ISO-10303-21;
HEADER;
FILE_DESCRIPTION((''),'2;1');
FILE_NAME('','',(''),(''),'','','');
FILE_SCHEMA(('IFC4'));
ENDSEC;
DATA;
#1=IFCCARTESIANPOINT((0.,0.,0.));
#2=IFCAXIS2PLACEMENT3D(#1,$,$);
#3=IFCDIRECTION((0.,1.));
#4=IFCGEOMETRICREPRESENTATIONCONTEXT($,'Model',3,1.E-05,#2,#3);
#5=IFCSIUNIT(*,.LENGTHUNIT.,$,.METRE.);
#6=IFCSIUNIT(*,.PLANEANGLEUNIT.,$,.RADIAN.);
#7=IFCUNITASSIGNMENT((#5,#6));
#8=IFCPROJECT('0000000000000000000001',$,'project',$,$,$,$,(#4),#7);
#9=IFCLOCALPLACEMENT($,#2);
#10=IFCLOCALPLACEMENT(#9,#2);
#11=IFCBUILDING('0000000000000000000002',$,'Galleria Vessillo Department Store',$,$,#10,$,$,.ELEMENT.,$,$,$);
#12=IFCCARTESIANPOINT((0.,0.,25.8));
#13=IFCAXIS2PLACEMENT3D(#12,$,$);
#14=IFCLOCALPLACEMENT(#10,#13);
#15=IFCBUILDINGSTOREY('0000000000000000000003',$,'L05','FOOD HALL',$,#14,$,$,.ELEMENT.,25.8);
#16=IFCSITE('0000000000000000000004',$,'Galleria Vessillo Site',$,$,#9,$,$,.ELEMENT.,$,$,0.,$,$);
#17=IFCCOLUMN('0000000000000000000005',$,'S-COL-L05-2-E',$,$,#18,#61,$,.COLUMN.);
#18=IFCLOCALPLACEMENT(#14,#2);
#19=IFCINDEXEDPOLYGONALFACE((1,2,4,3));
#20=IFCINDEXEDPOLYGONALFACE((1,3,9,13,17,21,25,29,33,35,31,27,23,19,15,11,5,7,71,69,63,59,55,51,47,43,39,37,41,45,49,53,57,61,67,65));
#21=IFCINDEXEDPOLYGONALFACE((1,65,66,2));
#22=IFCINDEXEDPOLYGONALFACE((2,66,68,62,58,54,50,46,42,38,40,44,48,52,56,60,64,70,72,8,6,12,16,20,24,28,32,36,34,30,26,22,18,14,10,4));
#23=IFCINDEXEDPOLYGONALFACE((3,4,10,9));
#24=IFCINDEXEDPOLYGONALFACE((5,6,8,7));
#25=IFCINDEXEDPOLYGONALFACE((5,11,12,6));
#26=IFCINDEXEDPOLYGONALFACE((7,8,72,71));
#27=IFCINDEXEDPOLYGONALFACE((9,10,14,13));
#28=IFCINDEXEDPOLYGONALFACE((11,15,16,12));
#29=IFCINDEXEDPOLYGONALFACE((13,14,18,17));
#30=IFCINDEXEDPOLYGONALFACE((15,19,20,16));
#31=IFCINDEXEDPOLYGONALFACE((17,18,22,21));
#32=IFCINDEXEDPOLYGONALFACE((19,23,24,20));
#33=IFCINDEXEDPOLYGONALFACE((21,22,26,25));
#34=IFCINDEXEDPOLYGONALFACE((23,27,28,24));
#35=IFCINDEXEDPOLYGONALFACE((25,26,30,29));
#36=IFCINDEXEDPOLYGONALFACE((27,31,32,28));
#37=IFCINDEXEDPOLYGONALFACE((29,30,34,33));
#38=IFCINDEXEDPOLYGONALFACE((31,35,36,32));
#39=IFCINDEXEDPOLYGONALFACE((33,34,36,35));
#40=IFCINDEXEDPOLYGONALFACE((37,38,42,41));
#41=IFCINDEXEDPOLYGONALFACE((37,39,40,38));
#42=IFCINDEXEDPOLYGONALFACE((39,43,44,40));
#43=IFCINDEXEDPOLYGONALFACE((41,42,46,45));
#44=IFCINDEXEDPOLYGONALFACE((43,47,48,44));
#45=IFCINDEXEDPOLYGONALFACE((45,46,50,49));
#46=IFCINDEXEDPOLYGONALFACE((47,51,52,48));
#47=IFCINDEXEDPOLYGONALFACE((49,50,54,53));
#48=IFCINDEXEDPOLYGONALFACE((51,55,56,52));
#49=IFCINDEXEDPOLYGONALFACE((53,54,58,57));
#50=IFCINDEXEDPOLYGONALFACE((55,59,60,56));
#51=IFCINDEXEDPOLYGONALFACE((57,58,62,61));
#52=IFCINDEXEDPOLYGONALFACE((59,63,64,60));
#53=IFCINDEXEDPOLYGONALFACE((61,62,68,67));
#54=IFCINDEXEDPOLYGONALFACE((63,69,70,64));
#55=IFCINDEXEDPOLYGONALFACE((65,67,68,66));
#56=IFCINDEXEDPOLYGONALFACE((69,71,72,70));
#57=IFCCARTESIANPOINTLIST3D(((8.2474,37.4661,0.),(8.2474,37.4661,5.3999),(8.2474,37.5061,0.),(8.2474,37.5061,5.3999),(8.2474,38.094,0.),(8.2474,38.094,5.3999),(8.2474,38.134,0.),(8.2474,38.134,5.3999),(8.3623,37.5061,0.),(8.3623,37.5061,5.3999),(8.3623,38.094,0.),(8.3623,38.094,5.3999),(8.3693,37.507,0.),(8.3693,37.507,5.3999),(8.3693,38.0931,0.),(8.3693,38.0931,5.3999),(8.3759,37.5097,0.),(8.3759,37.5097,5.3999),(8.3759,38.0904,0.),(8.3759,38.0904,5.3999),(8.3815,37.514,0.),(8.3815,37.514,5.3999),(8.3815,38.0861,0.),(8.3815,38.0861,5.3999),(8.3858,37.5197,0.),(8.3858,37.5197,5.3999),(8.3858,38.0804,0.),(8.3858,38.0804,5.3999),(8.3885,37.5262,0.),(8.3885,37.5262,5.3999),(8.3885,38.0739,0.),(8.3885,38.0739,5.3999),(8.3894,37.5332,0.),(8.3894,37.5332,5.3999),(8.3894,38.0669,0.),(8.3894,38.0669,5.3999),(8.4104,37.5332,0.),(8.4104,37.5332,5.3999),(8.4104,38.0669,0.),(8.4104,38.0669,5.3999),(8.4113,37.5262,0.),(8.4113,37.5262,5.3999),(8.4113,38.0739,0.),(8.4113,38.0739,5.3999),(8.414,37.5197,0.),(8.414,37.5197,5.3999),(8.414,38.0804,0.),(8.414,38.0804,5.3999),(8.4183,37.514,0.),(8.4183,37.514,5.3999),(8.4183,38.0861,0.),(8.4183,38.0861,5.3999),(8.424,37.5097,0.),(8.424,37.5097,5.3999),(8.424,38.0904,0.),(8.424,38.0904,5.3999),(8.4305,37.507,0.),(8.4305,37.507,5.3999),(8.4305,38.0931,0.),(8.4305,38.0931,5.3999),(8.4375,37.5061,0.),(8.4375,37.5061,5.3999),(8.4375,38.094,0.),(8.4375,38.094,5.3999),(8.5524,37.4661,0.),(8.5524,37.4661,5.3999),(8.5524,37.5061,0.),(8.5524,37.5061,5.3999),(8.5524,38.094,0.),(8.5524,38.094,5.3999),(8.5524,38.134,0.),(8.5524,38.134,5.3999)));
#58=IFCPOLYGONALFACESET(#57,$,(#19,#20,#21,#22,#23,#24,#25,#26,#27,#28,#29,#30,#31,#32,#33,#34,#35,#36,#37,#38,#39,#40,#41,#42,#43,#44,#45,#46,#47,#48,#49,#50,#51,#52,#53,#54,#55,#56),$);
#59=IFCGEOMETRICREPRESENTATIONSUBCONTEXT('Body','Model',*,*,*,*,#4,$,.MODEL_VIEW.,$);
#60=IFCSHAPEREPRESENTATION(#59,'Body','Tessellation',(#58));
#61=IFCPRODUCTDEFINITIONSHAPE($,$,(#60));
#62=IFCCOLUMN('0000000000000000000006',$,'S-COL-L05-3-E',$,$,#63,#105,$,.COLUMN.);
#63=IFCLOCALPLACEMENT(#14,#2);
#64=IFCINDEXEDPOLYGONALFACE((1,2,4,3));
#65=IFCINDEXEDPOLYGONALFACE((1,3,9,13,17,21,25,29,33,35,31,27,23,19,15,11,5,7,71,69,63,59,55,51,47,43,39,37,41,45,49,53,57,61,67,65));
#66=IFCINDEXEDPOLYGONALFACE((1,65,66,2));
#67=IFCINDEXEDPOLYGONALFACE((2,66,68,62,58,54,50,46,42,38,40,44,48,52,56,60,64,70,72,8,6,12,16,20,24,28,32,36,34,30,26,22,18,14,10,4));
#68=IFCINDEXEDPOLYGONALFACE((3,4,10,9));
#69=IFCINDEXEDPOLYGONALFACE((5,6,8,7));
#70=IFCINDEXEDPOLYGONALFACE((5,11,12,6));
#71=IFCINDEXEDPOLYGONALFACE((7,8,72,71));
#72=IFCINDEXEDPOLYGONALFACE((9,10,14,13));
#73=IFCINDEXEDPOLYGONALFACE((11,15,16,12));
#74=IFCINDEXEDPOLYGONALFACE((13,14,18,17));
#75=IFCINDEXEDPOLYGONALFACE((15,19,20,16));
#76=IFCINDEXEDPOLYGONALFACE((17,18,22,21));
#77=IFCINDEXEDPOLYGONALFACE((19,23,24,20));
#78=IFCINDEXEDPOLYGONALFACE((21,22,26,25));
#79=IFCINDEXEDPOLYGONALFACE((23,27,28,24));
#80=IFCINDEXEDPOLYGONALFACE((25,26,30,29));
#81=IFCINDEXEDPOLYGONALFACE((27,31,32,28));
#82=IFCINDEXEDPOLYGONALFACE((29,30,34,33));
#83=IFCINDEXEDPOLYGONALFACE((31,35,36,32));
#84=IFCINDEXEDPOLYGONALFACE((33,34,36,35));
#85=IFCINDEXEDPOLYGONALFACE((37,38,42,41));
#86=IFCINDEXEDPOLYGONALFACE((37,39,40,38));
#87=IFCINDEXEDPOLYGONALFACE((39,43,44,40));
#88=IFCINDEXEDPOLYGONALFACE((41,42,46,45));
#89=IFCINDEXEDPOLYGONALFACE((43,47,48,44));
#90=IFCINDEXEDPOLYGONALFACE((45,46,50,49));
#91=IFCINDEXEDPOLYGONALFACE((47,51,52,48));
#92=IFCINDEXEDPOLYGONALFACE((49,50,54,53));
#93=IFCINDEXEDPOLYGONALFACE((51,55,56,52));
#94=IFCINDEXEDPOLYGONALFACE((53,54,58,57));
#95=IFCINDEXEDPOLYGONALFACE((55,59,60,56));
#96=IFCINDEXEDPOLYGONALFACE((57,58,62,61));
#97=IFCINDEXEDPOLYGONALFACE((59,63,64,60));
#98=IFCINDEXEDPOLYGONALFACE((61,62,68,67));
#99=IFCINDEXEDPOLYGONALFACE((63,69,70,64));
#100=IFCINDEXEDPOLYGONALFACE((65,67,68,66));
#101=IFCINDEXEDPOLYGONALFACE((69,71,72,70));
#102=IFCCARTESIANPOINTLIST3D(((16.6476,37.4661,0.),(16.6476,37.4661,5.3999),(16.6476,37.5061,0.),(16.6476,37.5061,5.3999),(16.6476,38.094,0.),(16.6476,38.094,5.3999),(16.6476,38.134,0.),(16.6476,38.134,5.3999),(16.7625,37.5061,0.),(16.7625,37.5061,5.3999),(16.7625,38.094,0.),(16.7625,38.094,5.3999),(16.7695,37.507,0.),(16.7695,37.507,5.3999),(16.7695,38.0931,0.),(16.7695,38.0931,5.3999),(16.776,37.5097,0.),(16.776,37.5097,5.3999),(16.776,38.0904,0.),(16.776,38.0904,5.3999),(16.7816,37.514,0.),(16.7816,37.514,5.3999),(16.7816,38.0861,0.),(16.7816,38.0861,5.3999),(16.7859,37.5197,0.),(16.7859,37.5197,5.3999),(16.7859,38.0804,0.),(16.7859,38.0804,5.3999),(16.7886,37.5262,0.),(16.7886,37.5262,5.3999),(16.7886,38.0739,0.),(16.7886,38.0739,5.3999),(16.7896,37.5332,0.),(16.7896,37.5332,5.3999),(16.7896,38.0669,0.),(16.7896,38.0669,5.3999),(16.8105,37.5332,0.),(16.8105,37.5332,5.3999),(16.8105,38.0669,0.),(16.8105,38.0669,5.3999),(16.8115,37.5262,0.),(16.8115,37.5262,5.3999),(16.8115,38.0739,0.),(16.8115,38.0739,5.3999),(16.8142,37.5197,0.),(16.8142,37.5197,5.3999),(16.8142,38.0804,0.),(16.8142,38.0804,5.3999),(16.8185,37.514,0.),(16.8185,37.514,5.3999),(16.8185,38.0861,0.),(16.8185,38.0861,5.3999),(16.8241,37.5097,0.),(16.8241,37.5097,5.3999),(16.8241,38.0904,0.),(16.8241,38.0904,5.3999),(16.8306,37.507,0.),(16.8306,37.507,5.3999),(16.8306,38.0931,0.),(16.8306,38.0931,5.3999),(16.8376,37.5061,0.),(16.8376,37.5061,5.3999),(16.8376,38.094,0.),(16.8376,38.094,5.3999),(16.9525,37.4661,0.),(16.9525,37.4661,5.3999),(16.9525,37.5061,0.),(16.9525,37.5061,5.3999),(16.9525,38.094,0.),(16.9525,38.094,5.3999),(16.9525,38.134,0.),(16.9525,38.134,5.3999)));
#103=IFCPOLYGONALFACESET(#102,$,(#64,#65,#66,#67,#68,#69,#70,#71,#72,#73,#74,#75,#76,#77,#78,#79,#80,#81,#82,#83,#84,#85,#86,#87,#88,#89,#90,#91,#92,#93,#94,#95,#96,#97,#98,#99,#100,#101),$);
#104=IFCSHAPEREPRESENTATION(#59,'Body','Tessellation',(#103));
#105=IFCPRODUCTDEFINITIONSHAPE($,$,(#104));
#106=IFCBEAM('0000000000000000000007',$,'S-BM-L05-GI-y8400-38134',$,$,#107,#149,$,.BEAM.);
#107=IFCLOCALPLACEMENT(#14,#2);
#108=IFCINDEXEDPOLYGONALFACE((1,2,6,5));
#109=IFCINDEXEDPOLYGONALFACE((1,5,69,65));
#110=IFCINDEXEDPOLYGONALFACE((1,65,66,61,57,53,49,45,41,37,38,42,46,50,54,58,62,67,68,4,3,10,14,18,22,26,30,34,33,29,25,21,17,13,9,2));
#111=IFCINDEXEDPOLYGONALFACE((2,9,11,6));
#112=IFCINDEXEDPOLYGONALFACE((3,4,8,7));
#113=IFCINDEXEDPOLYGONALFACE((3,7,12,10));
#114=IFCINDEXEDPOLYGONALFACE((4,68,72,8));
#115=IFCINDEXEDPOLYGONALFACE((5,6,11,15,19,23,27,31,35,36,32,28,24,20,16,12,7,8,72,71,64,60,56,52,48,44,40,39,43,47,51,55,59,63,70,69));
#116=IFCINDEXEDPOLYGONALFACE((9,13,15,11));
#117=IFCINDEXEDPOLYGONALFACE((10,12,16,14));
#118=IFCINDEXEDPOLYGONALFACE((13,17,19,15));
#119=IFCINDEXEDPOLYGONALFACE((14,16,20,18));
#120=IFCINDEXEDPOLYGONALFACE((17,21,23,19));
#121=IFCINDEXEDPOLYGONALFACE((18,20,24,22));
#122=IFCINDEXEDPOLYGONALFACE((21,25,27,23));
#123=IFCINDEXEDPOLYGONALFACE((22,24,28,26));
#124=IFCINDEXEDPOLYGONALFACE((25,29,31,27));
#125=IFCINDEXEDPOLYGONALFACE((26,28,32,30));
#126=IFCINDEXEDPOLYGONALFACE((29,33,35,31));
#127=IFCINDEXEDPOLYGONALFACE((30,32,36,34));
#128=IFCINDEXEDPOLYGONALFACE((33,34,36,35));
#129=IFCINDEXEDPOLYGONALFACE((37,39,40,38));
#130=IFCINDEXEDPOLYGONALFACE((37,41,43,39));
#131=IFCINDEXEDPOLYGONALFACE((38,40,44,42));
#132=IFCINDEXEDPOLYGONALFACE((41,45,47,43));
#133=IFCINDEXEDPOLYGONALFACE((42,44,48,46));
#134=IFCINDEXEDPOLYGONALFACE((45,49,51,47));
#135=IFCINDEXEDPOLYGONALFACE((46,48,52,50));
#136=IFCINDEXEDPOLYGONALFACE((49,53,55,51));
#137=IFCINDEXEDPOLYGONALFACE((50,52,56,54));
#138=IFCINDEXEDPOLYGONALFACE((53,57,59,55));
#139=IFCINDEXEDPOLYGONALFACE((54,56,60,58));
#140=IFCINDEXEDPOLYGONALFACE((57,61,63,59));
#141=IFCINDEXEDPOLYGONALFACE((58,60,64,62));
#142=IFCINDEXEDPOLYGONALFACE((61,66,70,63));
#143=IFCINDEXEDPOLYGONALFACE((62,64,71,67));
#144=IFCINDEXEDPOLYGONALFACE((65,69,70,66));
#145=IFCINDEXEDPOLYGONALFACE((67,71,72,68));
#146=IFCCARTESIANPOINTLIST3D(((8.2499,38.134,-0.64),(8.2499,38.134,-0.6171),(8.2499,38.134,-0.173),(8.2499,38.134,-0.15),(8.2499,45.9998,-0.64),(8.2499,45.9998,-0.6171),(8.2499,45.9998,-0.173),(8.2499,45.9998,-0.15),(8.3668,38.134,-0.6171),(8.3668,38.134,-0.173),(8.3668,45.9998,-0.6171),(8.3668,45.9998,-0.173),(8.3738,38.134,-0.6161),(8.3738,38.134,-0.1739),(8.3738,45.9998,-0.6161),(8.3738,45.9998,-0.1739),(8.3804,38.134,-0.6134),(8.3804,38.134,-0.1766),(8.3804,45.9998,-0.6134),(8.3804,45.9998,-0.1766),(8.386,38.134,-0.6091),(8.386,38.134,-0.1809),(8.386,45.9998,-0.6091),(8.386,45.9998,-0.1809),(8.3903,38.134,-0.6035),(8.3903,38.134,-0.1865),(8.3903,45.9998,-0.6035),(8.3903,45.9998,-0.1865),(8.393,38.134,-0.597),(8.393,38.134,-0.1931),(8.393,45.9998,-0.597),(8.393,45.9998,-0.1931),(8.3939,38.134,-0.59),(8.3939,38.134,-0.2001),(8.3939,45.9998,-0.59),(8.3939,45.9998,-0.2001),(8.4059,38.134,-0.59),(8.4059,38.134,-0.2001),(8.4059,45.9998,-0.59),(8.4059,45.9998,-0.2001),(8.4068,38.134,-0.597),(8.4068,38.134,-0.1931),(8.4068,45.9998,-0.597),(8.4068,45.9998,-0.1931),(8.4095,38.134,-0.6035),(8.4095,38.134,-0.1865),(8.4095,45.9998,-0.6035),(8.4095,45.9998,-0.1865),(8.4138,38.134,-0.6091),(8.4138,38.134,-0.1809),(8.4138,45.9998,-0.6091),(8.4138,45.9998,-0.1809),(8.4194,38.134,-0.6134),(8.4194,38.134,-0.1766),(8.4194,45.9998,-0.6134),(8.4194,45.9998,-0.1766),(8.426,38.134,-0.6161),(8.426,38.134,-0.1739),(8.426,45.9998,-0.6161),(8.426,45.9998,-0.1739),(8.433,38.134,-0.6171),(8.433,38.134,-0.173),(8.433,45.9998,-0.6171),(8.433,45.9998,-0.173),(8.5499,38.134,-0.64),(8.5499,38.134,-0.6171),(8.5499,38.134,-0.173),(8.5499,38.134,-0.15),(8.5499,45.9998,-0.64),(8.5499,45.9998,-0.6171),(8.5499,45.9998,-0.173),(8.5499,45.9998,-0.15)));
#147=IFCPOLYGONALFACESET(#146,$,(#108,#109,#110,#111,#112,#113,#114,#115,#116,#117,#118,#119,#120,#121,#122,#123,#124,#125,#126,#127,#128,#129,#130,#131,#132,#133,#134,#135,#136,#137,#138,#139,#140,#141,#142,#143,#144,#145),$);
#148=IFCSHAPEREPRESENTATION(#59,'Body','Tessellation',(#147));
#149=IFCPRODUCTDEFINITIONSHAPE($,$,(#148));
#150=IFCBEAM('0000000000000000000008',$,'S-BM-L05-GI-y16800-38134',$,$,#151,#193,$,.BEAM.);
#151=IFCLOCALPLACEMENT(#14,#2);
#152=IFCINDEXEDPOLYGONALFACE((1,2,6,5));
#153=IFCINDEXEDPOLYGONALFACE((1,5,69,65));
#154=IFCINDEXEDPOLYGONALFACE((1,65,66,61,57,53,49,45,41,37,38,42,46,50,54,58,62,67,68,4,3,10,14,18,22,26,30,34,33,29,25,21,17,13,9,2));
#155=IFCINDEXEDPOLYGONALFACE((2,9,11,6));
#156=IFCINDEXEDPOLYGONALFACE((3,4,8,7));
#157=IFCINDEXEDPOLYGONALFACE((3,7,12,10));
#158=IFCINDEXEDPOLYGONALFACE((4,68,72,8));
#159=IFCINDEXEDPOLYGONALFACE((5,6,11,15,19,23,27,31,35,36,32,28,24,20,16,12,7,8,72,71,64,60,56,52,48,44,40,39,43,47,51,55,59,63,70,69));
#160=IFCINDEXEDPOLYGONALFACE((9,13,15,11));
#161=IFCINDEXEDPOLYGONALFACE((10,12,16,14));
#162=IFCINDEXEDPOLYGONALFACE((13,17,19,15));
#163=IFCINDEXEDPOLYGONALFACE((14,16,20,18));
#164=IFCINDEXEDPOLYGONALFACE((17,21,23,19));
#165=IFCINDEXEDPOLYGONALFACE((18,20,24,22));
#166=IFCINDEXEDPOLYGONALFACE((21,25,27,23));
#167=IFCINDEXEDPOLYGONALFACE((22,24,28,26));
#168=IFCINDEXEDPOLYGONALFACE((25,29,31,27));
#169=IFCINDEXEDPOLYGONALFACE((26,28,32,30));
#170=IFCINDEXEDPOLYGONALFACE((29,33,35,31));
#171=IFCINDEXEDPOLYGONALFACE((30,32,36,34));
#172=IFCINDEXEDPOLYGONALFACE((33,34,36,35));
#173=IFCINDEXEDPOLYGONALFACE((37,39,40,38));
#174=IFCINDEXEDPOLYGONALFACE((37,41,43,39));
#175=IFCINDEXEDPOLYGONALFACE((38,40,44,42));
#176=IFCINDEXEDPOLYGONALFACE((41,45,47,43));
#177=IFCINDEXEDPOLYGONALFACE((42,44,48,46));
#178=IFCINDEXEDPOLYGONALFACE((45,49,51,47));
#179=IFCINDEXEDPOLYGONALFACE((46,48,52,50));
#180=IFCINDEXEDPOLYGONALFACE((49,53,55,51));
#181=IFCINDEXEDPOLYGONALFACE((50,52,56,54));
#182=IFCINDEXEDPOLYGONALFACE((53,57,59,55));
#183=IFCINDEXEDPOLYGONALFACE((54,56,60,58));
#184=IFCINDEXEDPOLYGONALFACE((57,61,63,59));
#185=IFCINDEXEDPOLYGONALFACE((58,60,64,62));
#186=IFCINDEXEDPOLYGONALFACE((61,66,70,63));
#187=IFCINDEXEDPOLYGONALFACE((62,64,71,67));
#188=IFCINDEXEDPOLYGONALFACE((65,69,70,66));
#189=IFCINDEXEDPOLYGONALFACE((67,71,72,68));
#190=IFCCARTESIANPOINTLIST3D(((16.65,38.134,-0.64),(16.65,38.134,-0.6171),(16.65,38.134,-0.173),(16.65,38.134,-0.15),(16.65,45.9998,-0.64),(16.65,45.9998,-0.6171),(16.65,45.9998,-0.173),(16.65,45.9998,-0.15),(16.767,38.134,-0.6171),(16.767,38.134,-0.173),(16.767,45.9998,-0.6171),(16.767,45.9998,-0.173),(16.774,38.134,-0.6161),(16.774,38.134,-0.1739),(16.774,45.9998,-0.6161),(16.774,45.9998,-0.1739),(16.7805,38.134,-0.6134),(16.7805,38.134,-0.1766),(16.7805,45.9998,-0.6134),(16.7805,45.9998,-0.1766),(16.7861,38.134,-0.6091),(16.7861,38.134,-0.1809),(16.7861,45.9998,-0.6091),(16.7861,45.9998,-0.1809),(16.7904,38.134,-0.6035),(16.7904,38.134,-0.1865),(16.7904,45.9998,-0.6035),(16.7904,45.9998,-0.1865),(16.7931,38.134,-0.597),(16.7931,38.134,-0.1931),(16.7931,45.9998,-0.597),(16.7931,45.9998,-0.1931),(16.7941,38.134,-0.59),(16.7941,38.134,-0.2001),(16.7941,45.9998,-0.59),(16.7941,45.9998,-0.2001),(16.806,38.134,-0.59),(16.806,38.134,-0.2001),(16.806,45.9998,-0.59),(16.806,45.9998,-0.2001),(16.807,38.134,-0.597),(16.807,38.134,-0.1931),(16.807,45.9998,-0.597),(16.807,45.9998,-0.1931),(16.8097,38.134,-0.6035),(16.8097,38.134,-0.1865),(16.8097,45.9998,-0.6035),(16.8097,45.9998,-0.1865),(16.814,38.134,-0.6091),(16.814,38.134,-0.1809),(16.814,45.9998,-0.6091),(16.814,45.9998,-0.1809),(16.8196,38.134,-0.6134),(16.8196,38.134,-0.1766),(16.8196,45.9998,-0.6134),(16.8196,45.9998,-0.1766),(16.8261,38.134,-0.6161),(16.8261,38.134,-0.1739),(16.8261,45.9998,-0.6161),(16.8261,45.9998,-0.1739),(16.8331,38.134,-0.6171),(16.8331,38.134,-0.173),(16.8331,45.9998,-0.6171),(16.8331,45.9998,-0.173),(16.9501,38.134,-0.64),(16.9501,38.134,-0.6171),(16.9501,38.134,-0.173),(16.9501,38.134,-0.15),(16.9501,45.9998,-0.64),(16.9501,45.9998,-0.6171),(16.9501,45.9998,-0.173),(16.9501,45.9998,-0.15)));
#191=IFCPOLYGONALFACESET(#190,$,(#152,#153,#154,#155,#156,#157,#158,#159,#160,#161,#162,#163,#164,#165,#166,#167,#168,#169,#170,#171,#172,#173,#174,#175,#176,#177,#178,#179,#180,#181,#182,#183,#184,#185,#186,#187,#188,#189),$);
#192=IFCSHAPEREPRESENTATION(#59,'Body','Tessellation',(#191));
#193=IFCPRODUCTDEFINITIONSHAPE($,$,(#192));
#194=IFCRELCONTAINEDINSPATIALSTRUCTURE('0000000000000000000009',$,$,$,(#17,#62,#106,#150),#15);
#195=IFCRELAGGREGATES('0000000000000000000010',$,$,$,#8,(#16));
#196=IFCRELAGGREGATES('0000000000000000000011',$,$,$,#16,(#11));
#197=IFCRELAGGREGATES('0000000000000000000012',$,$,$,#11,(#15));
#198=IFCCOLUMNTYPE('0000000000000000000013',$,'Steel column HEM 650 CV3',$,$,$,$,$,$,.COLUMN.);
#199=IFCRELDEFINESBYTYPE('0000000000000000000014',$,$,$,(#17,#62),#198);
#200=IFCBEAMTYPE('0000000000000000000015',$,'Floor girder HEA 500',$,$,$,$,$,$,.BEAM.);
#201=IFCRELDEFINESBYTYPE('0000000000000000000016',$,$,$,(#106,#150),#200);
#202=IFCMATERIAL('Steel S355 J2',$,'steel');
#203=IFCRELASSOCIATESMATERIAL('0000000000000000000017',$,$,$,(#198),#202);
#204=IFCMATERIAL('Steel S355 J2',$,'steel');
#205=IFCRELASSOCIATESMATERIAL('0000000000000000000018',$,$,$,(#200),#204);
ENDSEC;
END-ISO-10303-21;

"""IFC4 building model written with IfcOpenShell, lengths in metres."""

from ifc_helpers import new_model, si_unit, direction, frame, origin, origin_2d, place, context, subcontext, project, spatial, i_section, extrude, material, material_profile, profile_set, type_object, element, save


model = new_model("IFC4")

# Units and contexts
model_context = context("Model", 3, precision=1e-05, world=origin(), true_north=direction((0.0, 1.0)))
body_context = subcontext(model_context, "Body", "Model", "MODEL_VIEW")
ifc_project = project(units=[si_unit("LENGTHUNIT", "METRE"), si_unit("PLANEANGLEUNIT", "RADIAN")], contexts=[model_context])

# Site, building, storey
site_placement = place(None, origin())
site = spatial("IfcSite", under=ifc_project, at=site_placement, Name="Galleria Vessillo Site", CompositionType="ELEMENT", RefElevation=0.0)
building_placement = place(site_placement, origin())
building = spatial("IfcBuilding", under=site, at=building_placement, Name="Galleria Vessillo Department Store", CompositionType="ELEMENT")
storey_placement = place(building_placement, frame((0.0, 0.0, 25.8)))
storey = spatial("IfcBuildingStorey", under=building, at=storey_placement, Name="L05", Description="FOOD HALL", CompositionType="ELEMENT", Elevation=25.8)

# Columns
ifc_material_1 = material(Name="Steel S355 J2", Category="steel")
ifc_material_profile_1 = material_profile(ifc_material_1, i_section(OverallWidth=0.3049, OverallDepth=0.668, WebThickness=0.021, FlangeThickness=0.04, FilletRadius=0.0271, at=origin_2d()), Name="HEM 650")
ifc_profile_set_1 = profile_set([ifc_material_profile_1], Name="Steel S355 J2")
column_type = type_object("IfcColumnType", Name="Steel column HEM 650 CV3", PredefinedType="COLUMN", material=ifc_profile_set_1)
for number, where, z_axis, x_axis, name in (
    (1, (8.3999, 37.8, 0.0), (0.0, 0.0, 1.0), (1.0, 0.0, 0.0), "S-COL-L05-2-E"),
    (2, (16.8, 37.8, 0.0), (0.0, 0.0, 1.0), (1.0, 0.0, 0.0), "S-COL-L05-3-E"),
):
    element("IfcColumn", number, at=place(storey_placement, frame(where, z_axis=z_axis, x_axis=x_axis)), inside=storey, type_object=column_type, Name=name, PredefinedType="COLUMN", context=body_context, shape_type="SweptSolid", body=[
        extrude(i_section(OverallWidth=0.3049, OverallDepth=0.668, WebThickness=0.021, FlangeThickness=0.04, FilletRadius=0.0271, at=origin_2d()), origin(), (0.0, 0.0, 1.0), 5.3999),
    ])

# Beams
ifc_material_2 = material(Name="Steel S355 J2", Category="steel")
ifc_material_profile_2 = material_profile(ifc_material_2, i_section(OverallWidth=0.3, OverallDepth=0.49, WebThickness=0.012, FlangeThickness=0.0229, FilletRadius=0.0271, at=origin_2d()), Name="HEA 500")
ifc_profile_set_2 = profile_set([ifc_material_profile_2], Name="Steel S355 J2")
beam_type_1 = type_object("IfcBeamType", Name="Floor girder HEA 500", PredefinedType="BEAM", material=ifc_profile_set_2)
for number, where, z_axis, x_axis, name in (
    (3, (8.3999, 38.134, -0.395), (0.0, 1.0, 0.0), (-1.0, 0.0, 0.0), "S-BM-L05-GI-y8400-38134"),
    (4, (16.8, 38.134, -0.395), (0.0, 1.0, 0.0), (-1.0, 0.0, 0.0), "S-BM-L05-GI-y16800-38134"),
):
    element("IfcBeam", number, at=place(storey_placement, frame(where, z_axis=z_axis, x_axis=x_axis)), inside=storey, type_object=beam_type_1, Name=name, PredefinedType="BEAM", context=body_context, shape_type="SweptSolid", body=[
        extrude(i_section(OverallWidth=0.3, OverallDepth=0.49, WebThickness=0.012, FlangeThickness=0.0229, FilletRadius=0.0271, at=origin_2d()), origin(), (0.0, 0.0, 1.0), 7.8657),
    ])

save(model, "model.ifc")
